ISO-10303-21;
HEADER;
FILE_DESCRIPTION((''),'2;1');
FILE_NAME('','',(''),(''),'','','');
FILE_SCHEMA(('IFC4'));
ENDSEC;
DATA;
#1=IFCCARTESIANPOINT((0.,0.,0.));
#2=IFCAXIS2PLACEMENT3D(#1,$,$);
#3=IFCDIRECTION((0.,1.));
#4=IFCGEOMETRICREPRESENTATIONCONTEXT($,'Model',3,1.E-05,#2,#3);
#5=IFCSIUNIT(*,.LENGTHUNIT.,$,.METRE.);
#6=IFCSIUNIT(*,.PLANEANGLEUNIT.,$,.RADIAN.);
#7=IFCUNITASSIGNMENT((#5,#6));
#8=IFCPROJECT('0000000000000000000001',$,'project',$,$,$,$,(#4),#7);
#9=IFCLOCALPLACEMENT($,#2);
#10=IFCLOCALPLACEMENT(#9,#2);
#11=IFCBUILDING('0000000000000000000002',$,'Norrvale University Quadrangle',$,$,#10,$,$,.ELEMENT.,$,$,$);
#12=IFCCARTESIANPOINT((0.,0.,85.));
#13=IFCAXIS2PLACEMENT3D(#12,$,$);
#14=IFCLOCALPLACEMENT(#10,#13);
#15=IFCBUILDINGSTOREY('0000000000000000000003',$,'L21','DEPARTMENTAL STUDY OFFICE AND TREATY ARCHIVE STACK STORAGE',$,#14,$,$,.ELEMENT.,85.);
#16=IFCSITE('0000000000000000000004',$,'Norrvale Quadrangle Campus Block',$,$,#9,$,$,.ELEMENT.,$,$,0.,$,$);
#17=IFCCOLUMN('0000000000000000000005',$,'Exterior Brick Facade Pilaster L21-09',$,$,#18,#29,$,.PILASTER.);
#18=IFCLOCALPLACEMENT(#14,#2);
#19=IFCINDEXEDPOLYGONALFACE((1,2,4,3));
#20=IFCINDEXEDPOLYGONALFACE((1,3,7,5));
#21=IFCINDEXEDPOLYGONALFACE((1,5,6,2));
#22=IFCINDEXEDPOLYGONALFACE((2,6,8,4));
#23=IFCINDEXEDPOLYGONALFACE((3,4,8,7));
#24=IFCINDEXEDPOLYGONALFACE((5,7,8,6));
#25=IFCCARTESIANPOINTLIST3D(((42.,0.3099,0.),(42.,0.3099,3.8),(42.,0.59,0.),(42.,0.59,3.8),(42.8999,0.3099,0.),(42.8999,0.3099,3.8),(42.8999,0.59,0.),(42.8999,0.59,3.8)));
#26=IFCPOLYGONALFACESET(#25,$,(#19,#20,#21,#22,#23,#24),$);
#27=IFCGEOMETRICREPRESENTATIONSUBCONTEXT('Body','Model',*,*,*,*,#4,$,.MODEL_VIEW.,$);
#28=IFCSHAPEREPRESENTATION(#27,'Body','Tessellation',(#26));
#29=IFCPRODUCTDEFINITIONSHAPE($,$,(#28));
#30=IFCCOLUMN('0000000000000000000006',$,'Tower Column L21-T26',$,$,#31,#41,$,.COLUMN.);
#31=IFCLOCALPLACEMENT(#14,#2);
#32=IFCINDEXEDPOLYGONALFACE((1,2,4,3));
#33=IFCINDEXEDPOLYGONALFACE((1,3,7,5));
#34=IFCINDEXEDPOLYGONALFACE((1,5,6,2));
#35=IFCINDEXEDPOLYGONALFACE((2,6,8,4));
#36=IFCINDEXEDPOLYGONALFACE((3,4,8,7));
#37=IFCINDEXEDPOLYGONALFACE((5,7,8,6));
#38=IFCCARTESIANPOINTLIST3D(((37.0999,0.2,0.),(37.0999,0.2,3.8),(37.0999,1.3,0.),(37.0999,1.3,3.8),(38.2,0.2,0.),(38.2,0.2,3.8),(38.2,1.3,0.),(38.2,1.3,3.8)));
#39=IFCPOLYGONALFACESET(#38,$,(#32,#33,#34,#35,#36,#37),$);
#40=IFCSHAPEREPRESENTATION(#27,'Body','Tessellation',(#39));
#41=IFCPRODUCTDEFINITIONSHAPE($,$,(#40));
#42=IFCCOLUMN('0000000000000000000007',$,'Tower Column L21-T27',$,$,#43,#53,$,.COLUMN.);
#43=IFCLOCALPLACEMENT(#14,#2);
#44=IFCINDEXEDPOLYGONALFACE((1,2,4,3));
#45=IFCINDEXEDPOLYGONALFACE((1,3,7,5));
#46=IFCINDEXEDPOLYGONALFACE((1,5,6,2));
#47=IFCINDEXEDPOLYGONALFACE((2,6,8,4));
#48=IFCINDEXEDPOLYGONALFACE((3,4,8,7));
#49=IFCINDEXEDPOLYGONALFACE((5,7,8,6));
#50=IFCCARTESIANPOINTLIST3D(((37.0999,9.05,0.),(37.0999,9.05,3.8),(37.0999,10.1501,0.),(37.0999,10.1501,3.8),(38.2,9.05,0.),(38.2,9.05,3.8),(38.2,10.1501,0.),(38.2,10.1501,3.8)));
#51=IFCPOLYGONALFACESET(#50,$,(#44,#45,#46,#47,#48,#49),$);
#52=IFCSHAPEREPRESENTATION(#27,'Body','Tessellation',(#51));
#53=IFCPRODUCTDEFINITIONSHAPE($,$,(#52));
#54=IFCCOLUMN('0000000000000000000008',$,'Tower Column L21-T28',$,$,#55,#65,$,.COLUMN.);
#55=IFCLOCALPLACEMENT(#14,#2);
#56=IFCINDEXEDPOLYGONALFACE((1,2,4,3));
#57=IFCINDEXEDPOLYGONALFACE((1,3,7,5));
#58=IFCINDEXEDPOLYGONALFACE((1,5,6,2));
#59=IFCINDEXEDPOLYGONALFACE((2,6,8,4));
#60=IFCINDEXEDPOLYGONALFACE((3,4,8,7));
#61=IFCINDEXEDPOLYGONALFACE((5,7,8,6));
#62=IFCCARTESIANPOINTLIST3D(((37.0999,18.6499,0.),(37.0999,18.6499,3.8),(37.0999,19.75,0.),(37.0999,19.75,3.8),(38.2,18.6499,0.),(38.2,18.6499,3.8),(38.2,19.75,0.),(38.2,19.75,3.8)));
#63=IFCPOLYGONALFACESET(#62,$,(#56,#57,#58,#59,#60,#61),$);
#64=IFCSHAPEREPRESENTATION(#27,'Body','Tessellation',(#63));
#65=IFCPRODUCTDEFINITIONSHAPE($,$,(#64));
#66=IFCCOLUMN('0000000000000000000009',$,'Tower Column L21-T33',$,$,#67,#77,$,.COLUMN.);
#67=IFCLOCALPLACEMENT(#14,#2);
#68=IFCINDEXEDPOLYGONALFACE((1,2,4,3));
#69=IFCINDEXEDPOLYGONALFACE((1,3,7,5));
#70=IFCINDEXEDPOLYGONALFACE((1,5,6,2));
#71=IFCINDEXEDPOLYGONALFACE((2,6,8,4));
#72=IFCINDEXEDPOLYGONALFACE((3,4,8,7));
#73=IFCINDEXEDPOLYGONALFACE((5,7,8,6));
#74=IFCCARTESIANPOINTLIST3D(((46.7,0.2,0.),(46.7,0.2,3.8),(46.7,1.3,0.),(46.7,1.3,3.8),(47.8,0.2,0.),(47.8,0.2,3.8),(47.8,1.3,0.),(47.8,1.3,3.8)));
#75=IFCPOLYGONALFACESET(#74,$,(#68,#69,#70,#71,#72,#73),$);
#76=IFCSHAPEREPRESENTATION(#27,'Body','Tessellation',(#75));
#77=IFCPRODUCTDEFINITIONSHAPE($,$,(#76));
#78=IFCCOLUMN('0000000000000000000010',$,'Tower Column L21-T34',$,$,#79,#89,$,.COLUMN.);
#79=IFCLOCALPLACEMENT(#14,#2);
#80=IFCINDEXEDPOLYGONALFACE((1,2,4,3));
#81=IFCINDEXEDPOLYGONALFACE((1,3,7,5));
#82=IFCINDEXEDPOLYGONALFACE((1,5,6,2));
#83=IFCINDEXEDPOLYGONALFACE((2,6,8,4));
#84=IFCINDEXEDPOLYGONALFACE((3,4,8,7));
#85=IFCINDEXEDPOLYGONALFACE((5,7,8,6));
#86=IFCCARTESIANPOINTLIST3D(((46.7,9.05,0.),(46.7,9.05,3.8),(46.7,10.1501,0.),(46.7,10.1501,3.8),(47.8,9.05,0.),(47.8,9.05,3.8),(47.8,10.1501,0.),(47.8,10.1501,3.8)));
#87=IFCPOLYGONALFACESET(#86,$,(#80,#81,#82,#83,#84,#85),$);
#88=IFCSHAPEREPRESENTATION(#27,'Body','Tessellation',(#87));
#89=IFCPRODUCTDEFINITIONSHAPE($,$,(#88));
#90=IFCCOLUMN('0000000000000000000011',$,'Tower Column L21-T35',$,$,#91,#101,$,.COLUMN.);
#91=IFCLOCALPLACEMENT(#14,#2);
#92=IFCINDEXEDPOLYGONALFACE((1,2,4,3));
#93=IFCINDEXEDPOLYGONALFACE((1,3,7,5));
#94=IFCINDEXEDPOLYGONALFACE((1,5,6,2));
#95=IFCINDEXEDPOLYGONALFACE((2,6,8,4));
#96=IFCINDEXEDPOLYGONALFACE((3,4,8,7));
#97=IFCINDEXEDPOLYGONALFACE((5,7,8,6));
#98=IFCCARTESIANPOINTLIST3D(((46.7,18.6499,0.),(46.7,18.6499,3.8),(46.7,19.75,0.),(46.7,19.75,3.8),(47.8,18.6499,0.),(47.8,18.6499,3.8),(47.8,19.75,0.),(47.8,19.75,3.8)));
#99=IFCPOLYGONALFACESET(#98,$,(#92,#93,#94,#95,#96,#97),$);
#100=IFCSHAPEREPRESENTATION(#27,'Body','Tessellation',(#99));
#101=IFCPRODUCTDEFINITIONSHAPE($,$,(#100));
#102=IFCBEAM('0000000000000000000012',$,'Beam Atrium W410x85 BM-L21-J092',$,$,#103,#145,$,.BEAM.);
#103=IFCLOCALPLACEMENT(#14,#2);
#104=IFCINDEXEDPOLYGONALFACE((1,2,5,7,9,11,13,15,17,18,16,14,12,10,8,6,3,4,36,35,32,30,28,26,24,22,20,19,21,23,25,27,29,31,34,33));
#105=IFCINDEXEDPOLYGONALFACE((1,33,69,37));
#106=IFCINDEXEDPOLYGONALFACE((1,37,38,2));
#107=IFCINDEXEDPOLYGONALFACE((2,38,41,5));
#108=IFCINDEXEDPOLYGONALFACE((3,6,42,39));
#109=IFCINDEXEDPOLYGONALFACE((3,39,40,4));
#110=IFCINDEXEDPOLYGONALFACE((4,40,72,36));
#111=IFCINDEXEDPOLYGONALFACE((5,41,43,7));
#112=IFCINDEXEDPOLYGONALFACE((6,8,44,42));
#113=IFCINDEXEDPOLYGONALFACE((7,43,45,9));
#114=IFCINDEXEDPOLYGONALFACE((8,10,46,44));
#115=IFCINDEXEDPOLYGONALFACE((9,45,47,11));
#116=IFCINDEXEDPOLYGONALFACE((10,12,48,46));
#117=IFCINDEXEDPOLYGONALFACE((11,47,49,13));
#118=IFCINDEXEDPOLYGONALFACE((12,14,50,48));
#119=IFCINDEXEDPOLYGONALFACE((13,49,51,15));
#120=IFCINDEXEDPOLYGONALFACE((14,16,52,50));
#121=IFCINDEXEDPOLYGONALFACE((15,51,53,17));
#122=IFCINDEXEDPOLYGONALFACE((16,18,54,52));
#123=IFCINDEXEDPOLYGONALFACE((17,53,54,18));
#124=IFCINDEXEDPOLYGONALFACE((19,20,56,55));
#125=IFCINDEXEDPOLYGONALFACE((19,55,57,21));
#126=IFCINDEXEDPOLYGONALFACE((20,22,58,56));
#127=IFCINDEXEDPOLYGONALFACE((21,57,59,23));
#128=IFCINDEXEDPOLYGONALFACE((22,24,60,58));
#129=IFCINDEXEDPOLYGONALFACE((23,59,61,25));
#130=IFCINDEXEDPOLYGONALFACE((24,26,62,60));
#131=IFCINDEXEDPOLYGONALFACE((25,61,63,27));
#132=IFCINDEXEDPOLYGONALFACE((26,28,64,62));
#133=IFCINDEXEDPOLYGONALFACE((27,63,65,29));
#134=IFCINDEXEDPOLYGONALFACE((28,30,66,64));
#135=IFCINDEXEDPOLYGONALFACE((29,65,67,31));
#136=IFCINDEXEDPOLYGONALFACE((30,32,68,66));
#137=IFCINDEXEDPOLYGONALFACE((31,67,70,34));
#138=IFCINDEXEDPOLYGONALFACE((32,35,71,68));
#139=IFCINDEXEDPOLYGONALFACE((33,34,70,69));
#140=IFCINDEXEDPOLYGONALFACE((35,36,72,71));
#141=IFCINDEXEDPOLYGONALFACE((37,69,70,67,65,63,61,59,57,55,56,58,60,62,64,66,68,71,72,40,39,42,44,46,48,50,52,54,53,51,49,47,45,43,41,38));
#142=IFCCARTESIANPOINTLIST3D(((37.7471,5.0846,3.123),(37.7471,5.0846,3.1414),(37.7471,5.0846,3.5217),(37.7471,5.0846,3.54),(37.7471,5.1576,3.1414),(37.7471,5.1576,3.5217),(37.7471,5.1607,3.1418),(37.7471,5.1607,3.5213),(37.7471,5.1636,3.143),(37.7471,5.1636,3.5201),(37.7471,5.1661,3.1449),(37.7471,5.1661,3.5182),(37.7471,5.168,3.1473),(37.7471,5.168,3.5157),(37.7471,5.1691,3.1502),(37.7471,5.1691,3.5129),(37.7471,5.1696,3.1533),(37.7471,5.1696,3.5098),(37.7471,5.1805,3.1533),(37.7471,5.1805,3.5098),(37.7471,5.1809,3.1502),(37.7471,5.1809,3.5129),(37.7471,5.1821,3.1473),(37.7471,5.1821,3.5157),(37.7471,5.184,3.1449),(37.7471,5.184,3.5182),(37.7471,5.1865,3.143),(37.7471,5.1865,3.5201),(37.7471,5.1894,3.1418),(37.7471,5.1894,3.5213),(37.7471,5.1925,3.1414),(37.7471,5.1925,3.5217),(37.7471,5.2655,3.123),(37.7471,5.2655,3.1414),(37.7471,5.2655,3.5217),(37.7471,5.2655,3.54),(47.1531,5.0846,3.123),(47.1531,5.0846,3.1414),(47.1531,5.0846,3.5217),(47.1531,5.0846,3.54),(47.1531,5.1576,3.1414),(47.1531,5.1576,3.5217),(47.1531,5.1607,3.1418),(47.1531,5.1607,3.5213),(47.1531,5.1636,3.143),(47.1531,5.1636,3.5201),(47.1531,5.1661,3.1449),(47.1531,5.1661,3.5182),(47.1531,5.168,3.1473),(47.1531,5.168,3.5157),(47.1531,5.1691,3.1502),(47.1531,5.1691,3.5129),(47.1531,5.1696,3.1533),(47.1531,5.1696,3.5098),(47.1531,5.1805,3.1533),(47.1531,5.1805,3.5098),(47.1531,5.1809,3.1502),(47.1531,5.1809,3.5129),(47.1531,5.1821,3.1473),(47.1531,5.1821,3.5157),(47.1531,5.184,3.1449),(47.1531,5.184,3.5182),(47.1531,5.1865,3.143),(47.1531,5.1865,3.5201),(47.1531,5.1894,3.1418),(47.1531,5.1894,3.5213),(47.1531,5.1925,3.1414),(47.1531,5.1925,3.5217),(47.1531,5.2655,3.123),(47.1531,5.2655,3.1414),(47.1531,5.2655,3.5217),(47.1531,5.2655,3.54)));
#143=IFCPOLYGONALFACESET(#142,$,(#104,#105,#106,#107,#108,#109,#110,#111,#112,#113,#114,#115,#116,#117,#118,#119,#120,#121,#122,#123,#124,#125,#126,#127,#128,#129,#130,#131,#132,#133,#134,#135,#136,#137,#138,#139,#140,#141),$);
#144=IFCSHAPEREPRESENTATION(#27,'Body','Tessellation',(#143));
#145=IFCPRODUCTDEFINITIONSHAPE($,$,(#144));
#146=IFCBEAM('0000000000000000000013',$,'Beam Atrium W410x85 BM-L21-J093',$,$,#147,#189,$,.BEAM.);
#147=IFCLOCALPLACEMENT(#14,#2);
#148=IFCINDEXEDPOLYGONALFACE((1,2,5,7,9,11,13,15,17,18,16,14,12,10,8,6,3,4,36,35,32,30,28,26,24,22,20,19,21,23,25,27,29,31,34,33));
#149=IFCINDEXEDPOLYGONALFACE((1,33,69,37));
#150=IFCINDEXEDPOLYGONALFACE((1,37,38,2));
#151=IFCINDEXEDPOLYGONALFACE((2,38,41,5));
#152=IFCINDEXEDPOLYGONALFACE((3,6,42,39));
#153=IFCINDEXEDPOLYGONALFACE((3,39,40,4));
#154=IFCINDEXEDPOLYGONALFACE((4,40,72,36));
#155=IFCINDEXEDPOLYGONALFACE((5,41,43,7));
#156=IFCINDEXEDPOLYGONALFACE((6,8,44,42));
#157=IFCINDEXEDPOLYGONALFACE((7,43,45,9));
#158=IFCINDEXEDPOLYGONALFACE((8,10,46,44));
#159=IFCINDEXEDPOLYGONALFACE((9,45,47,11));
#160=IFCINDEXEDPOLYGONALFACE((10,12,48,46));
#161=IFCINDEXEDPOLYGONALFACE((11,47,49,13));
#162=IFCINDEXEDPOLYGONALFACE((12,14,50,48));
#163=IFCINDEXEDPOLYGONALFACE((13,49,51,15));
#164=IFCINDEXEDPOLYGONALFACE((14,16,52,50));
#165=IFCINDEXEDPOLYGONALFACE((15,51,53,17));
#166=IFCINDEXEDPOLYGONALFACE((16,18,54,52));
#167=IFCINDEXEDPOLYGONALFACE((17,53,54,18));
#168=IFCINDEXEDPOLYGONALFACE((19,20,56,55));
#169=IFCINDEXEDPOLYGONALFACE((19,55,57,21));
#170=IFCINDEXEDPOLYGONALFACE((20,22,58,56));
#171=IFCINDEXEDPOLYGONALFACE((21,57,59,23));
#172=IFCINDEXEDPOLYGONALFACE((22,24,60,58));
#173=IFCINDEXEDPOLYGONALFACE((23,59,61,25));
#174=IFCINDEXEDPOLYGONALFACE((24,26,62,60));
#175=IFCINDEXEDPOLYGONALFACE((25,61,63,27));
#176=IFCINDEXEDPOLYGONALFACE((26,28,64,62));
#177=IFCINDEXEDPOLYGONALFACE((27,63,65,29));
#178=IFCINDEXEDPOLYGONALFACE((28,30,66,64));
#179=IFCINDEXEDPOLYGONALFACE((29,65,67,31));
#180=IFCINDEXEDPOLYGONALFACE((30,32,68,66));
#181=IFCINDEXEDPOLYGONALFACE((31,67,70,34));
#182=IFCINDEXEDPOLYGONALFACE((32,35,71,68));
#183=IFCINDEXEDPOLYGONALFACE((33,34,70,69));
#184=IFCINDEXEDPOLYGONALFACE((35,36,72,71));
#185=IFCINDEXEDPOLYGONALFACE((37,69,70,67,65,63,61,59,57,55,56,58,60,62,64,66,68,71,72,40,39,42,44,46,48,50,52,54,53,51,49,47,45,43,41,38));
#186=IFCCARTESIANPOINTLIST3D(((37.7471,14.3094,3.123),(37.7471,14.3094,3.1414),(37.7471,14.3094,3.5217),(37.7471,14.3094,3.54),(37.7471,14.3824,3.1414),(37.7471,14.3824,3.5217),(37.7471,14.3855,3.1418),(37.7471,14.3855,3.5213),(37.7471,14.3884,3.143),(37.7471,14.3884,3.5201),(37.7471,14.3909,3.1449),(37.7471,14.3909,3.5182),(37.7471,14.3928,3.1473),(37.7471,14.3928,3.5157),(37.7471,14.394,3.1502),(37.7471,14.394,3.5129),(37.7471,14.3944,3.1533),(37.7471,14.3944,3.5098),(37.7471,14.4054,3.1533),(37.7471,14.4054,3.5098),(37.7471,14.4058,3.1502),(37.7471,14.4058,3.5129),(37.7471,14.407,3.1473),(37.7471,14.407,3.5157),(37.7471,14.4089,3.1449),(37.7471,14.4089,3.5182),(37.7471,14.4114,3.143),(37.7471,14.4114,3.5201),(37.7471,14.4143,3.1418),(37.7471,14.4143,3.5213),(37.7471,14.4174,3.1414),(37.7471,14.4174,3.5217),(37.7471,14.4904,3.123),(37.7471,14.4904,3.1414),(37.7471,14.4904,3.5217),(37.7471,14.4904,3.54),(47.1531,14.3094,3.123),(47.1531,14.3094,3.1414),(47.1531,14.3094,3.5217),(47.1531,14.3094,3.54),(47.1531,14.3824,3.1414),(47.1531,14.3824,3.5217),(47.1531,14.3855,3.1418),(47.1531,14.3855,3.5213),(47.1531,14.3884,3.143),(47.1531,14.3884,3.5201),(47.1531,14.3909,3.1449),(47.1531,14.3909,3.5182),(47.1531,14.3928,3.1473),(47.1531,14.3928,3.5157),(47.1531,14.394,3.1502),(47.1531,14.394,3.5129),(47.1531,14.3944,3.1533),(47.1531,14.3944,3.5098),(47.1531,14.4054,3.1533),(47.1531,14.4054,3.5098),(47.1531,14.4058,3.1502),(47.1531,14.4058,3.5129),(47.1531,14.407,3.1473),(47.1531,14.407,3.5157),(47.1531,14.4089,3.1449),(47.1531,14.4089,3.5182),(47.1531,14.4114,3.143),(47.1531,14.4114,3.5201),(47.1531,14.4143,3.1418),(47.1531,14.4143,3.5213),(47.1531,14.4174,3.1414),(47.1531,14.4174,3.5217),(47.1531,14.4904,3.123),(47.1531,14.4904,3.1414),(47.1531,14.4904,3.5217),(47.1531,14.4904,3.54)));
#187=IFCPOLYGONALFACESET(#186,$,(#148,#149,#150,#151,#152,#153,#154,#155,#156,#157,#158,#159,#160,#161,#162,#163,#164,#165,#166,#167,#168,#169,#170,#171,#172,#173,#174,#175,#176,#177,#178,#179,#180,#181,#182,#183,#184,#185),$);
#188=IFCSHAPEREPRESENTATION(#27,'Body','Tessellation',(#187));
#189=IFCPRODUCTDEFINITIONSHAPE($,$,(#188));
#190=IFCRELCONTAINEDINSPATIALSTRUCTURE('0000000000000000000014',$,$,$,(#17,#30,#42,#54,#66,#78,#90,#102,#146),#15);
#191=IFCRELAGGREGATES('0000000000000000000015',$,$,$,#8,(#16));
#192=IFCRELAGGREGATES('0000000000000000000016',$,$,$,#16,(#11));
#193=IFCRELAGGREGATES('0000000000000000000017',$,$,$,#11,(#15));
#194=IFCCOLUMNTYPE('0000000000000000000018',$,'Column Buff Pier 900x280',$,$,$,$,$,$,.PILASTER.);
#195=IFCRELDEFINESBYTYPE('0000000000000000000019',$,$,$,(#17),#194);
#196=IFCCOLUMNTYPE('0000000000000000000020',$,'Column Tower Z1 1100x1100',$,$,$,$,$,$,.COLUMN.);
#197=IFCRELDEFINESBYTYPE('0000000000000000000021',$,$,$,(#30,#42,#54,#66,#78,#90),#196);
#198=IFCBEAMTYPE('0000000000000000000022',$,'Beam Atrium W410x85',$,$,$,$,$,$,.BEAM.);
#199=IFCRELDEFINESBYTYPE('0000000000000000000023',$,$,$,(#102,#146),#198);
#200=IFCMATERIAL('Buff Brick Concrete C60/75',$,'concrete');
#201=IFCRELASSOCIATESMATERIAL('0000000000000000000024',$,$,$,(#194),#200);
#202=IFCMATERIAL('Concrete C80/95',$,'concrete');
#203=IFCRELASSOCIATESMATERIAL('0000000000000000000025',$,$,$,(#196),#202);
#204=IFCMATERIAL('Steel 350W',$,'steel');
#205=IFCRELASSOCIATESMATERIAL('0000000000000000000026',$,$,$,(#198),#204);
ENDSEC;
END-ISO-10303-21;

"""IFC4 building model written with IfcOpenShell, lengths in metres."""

from ifc_helpers import new_model, si_unit, direction, frame, origin, origin_2d, place, context, subcontext, project, spatial, rectangle, i_section, extrude, material, material_profile, profile_set, type_object, element, save


model = new_model("IFC4")

# Units and contexts
model_context = context("Model", 3, precision=1e-05, world=origin(), true_north=direction((0.0, 1.0)))
body_context = subcontext(model_context, "Body", "Model", "MODEL_VIEW")
ifc_project = project(units=[si_unit("LENGTHUNIT", "METRE"), si_unit("PLANEANGLEUNIT", "RADIAN")], contexts=[model_context])

# Site, building, storey
site_placement = place(None, origin())
site = spatial("IfcSite", under=ifc_project, at=site_placement, Name="Norrvale Quadrangle Campus Block", CompositionType="ELEMENT", RefElevation=0.0)
building_placement = place(site_placement, origin())
building = spatial("IfcBuilding", under=site, at=building_placement, Name="Norrvale University Quadrangle", CompositionType="ELEMENT")
storey_placement = place(building_placement, frame((0.0, 0.0, 85.0)))
storey = spatial("IfcBuildingStorey", under=building, at=storey_placement, Name="L21", Description="DEPARTMENTAL STUDY OFFICE AND TREATY ARCHIVE STACK STORAGE", CompositionType="ELEMENT", Elevation=85.0)

# Columns
ifc_material_1 = material(Name="Buff Brick Concrete C60/75", Category="concrete")
ifc_material_profile_1 = material_profile(ifc_material_1, rectangle(XDim=0.8999, YDim=0.28, at=origin_2d()), Name="Buff Brick Concrete C60/75")
ifc_profile_set_1 = profile_set([ifc_material_profile_1], Name="Buff Brick Concrete C60/75")
column_type_1 = type_object("IfcColumnType", Name="Column Buff Pier 900x280", PredefinedType="PILASTER", material=ifc_profile_set_1)
column_placement = place(storey_placement, frame((42.45, 0.45, 0.0), z_axis=(0.0, 0.0, 1.0), x_axis=(1.0, 0.0, 0.0)))
element("IfcColumn", 1, at=column_placement, inside=storey, type_object=column_type_1, Name="Exterior Brick Facade Pilaster L21-09", PredefinedType="PILASTER", context=body_context, shape_type="SweptSolid", body=[
    extrude(rectangle(XDim=0.8999, YDim=0.28, at=origin_2d()), origin(), (0.0, 0.0, 1.0), 3.8),
])
ifc_material_2 = material(Name="Concrete C80/95", Category="concrete")
ifc_material_profile_2 = material_profile(ifc_material_2, rectangle(XDim=1.1001, YDim=1.1001, at=origin_2d()), Name="Concrete C80/95")
ifc_profile_set_2 = profile_set([ifc_material_profile_2], Name="Concrete C80/95")
column_type_2 = type_object("IfcColumnType", Name="Column Tower Z1 1100x1100", PredefinedType="COLUMN", material=ifc_profile_set_2)
for number, where, z_axis, x_axis, name in (
    (2, (37.6499, 0.75, 0.0), (0.0, 0.0, 1.0), (1.0, 0.0, 0.0), "Tower Column L21-T26"),
    (3, (37.6499, 9.6001, 0.0), (0.0, 0.0, 1.0), (1.0, 0.0, 0.0), "Tower Column L21-T27"),
    (4, (37.6499, 19.2, 0.0), (0.0, 0.0, 1.0), (1.0, 0.0, 0.0), "Tower Column L21-T28"),
    (5, (47.25, 0.75, 0.0), (0.0, 0.0, 1.0), (1.0, 0.0, 0.0), "Tower Column L21-T33"),
    (6, (47.25, 9.6001, 0.0), (0.0, 0.0, 1.0), (1.0, 0.0, 0.0), "Tower Column L21-T34"),
    (7, (47.25, 19.2, 0.0), (0.0, 0.0, 1.0), (1.0, 0.0, 0.0), "Tower Column L21-T35"),
):
    element("IfcColumn", number, at=place(storey_placement, frame(where, z_axis=z_axis, x_axis=x_axis)), inside=storey, type_object=column_type_2, Name=name, PredefinedType="COLUMN", context=body_context, shape_type="SweptSolid", body=[
        extrude(rectangle(XDim=1.1001, YDim=1.1001, at=origin_2d()), origin(), (0.0, 0.0, 1.0), 3.8),
    ])

# Beams
ifc_material_3 = material(Name="Steel 350W", Category="steel")
ifc_material_profile_3 = material_profile(ifc_material_3, i_section(OverallWidth=0.1809, OverallDepth=0.417, WebThickness=0.011, FlangeThickness=0.0183, FilletRadius=0.012, at=origin_2d()), Name="Steel 350W")
ifc_profile_set_3 = profile_set([ifc_material_profile_3], Name="Steel 350W")
beam_type_1 = type_object("IfcBeamType", Name="Beam Atrium W410x85", PredefinedType="BEAM", material=ifc_profile_set_3)
for number, where, z_axis, x_axis, name in (
    (8, (37.7471, 5.175, 3.3315), (1.0, 0.0, 0.0), (0.0, 1.0, 0.0), "Beam Atrium W410x85 BM-L21-J092"),
    (9, (37.7471, 14.3999, 3.3315), (1.0, 0.0, 0.0), (0.0, 1.0, 0.0), "Beam Atrium W410x85 BM-L21-J093"),
):
    element("IfcBeam", number, at=place(storey_placement, frame(where, z_axis=z_axis, x_axis=x_axis)), inside=storey, type_object=beam_type_1, Name=name, PredefinedType="BEAM", context=body_context, shape_type="SweptSolid", body=[
        extrude(i_section(OverallWidth=0.1809, OverallDepth=0.417, WebThickness=0.011, FlangeThickness=0.0183, FilletRadius=0.012, at=origin_2d()), origin(), (0.0, 0.0, 1.0), 9.406),
    ])

save(model, "model.ifc")
